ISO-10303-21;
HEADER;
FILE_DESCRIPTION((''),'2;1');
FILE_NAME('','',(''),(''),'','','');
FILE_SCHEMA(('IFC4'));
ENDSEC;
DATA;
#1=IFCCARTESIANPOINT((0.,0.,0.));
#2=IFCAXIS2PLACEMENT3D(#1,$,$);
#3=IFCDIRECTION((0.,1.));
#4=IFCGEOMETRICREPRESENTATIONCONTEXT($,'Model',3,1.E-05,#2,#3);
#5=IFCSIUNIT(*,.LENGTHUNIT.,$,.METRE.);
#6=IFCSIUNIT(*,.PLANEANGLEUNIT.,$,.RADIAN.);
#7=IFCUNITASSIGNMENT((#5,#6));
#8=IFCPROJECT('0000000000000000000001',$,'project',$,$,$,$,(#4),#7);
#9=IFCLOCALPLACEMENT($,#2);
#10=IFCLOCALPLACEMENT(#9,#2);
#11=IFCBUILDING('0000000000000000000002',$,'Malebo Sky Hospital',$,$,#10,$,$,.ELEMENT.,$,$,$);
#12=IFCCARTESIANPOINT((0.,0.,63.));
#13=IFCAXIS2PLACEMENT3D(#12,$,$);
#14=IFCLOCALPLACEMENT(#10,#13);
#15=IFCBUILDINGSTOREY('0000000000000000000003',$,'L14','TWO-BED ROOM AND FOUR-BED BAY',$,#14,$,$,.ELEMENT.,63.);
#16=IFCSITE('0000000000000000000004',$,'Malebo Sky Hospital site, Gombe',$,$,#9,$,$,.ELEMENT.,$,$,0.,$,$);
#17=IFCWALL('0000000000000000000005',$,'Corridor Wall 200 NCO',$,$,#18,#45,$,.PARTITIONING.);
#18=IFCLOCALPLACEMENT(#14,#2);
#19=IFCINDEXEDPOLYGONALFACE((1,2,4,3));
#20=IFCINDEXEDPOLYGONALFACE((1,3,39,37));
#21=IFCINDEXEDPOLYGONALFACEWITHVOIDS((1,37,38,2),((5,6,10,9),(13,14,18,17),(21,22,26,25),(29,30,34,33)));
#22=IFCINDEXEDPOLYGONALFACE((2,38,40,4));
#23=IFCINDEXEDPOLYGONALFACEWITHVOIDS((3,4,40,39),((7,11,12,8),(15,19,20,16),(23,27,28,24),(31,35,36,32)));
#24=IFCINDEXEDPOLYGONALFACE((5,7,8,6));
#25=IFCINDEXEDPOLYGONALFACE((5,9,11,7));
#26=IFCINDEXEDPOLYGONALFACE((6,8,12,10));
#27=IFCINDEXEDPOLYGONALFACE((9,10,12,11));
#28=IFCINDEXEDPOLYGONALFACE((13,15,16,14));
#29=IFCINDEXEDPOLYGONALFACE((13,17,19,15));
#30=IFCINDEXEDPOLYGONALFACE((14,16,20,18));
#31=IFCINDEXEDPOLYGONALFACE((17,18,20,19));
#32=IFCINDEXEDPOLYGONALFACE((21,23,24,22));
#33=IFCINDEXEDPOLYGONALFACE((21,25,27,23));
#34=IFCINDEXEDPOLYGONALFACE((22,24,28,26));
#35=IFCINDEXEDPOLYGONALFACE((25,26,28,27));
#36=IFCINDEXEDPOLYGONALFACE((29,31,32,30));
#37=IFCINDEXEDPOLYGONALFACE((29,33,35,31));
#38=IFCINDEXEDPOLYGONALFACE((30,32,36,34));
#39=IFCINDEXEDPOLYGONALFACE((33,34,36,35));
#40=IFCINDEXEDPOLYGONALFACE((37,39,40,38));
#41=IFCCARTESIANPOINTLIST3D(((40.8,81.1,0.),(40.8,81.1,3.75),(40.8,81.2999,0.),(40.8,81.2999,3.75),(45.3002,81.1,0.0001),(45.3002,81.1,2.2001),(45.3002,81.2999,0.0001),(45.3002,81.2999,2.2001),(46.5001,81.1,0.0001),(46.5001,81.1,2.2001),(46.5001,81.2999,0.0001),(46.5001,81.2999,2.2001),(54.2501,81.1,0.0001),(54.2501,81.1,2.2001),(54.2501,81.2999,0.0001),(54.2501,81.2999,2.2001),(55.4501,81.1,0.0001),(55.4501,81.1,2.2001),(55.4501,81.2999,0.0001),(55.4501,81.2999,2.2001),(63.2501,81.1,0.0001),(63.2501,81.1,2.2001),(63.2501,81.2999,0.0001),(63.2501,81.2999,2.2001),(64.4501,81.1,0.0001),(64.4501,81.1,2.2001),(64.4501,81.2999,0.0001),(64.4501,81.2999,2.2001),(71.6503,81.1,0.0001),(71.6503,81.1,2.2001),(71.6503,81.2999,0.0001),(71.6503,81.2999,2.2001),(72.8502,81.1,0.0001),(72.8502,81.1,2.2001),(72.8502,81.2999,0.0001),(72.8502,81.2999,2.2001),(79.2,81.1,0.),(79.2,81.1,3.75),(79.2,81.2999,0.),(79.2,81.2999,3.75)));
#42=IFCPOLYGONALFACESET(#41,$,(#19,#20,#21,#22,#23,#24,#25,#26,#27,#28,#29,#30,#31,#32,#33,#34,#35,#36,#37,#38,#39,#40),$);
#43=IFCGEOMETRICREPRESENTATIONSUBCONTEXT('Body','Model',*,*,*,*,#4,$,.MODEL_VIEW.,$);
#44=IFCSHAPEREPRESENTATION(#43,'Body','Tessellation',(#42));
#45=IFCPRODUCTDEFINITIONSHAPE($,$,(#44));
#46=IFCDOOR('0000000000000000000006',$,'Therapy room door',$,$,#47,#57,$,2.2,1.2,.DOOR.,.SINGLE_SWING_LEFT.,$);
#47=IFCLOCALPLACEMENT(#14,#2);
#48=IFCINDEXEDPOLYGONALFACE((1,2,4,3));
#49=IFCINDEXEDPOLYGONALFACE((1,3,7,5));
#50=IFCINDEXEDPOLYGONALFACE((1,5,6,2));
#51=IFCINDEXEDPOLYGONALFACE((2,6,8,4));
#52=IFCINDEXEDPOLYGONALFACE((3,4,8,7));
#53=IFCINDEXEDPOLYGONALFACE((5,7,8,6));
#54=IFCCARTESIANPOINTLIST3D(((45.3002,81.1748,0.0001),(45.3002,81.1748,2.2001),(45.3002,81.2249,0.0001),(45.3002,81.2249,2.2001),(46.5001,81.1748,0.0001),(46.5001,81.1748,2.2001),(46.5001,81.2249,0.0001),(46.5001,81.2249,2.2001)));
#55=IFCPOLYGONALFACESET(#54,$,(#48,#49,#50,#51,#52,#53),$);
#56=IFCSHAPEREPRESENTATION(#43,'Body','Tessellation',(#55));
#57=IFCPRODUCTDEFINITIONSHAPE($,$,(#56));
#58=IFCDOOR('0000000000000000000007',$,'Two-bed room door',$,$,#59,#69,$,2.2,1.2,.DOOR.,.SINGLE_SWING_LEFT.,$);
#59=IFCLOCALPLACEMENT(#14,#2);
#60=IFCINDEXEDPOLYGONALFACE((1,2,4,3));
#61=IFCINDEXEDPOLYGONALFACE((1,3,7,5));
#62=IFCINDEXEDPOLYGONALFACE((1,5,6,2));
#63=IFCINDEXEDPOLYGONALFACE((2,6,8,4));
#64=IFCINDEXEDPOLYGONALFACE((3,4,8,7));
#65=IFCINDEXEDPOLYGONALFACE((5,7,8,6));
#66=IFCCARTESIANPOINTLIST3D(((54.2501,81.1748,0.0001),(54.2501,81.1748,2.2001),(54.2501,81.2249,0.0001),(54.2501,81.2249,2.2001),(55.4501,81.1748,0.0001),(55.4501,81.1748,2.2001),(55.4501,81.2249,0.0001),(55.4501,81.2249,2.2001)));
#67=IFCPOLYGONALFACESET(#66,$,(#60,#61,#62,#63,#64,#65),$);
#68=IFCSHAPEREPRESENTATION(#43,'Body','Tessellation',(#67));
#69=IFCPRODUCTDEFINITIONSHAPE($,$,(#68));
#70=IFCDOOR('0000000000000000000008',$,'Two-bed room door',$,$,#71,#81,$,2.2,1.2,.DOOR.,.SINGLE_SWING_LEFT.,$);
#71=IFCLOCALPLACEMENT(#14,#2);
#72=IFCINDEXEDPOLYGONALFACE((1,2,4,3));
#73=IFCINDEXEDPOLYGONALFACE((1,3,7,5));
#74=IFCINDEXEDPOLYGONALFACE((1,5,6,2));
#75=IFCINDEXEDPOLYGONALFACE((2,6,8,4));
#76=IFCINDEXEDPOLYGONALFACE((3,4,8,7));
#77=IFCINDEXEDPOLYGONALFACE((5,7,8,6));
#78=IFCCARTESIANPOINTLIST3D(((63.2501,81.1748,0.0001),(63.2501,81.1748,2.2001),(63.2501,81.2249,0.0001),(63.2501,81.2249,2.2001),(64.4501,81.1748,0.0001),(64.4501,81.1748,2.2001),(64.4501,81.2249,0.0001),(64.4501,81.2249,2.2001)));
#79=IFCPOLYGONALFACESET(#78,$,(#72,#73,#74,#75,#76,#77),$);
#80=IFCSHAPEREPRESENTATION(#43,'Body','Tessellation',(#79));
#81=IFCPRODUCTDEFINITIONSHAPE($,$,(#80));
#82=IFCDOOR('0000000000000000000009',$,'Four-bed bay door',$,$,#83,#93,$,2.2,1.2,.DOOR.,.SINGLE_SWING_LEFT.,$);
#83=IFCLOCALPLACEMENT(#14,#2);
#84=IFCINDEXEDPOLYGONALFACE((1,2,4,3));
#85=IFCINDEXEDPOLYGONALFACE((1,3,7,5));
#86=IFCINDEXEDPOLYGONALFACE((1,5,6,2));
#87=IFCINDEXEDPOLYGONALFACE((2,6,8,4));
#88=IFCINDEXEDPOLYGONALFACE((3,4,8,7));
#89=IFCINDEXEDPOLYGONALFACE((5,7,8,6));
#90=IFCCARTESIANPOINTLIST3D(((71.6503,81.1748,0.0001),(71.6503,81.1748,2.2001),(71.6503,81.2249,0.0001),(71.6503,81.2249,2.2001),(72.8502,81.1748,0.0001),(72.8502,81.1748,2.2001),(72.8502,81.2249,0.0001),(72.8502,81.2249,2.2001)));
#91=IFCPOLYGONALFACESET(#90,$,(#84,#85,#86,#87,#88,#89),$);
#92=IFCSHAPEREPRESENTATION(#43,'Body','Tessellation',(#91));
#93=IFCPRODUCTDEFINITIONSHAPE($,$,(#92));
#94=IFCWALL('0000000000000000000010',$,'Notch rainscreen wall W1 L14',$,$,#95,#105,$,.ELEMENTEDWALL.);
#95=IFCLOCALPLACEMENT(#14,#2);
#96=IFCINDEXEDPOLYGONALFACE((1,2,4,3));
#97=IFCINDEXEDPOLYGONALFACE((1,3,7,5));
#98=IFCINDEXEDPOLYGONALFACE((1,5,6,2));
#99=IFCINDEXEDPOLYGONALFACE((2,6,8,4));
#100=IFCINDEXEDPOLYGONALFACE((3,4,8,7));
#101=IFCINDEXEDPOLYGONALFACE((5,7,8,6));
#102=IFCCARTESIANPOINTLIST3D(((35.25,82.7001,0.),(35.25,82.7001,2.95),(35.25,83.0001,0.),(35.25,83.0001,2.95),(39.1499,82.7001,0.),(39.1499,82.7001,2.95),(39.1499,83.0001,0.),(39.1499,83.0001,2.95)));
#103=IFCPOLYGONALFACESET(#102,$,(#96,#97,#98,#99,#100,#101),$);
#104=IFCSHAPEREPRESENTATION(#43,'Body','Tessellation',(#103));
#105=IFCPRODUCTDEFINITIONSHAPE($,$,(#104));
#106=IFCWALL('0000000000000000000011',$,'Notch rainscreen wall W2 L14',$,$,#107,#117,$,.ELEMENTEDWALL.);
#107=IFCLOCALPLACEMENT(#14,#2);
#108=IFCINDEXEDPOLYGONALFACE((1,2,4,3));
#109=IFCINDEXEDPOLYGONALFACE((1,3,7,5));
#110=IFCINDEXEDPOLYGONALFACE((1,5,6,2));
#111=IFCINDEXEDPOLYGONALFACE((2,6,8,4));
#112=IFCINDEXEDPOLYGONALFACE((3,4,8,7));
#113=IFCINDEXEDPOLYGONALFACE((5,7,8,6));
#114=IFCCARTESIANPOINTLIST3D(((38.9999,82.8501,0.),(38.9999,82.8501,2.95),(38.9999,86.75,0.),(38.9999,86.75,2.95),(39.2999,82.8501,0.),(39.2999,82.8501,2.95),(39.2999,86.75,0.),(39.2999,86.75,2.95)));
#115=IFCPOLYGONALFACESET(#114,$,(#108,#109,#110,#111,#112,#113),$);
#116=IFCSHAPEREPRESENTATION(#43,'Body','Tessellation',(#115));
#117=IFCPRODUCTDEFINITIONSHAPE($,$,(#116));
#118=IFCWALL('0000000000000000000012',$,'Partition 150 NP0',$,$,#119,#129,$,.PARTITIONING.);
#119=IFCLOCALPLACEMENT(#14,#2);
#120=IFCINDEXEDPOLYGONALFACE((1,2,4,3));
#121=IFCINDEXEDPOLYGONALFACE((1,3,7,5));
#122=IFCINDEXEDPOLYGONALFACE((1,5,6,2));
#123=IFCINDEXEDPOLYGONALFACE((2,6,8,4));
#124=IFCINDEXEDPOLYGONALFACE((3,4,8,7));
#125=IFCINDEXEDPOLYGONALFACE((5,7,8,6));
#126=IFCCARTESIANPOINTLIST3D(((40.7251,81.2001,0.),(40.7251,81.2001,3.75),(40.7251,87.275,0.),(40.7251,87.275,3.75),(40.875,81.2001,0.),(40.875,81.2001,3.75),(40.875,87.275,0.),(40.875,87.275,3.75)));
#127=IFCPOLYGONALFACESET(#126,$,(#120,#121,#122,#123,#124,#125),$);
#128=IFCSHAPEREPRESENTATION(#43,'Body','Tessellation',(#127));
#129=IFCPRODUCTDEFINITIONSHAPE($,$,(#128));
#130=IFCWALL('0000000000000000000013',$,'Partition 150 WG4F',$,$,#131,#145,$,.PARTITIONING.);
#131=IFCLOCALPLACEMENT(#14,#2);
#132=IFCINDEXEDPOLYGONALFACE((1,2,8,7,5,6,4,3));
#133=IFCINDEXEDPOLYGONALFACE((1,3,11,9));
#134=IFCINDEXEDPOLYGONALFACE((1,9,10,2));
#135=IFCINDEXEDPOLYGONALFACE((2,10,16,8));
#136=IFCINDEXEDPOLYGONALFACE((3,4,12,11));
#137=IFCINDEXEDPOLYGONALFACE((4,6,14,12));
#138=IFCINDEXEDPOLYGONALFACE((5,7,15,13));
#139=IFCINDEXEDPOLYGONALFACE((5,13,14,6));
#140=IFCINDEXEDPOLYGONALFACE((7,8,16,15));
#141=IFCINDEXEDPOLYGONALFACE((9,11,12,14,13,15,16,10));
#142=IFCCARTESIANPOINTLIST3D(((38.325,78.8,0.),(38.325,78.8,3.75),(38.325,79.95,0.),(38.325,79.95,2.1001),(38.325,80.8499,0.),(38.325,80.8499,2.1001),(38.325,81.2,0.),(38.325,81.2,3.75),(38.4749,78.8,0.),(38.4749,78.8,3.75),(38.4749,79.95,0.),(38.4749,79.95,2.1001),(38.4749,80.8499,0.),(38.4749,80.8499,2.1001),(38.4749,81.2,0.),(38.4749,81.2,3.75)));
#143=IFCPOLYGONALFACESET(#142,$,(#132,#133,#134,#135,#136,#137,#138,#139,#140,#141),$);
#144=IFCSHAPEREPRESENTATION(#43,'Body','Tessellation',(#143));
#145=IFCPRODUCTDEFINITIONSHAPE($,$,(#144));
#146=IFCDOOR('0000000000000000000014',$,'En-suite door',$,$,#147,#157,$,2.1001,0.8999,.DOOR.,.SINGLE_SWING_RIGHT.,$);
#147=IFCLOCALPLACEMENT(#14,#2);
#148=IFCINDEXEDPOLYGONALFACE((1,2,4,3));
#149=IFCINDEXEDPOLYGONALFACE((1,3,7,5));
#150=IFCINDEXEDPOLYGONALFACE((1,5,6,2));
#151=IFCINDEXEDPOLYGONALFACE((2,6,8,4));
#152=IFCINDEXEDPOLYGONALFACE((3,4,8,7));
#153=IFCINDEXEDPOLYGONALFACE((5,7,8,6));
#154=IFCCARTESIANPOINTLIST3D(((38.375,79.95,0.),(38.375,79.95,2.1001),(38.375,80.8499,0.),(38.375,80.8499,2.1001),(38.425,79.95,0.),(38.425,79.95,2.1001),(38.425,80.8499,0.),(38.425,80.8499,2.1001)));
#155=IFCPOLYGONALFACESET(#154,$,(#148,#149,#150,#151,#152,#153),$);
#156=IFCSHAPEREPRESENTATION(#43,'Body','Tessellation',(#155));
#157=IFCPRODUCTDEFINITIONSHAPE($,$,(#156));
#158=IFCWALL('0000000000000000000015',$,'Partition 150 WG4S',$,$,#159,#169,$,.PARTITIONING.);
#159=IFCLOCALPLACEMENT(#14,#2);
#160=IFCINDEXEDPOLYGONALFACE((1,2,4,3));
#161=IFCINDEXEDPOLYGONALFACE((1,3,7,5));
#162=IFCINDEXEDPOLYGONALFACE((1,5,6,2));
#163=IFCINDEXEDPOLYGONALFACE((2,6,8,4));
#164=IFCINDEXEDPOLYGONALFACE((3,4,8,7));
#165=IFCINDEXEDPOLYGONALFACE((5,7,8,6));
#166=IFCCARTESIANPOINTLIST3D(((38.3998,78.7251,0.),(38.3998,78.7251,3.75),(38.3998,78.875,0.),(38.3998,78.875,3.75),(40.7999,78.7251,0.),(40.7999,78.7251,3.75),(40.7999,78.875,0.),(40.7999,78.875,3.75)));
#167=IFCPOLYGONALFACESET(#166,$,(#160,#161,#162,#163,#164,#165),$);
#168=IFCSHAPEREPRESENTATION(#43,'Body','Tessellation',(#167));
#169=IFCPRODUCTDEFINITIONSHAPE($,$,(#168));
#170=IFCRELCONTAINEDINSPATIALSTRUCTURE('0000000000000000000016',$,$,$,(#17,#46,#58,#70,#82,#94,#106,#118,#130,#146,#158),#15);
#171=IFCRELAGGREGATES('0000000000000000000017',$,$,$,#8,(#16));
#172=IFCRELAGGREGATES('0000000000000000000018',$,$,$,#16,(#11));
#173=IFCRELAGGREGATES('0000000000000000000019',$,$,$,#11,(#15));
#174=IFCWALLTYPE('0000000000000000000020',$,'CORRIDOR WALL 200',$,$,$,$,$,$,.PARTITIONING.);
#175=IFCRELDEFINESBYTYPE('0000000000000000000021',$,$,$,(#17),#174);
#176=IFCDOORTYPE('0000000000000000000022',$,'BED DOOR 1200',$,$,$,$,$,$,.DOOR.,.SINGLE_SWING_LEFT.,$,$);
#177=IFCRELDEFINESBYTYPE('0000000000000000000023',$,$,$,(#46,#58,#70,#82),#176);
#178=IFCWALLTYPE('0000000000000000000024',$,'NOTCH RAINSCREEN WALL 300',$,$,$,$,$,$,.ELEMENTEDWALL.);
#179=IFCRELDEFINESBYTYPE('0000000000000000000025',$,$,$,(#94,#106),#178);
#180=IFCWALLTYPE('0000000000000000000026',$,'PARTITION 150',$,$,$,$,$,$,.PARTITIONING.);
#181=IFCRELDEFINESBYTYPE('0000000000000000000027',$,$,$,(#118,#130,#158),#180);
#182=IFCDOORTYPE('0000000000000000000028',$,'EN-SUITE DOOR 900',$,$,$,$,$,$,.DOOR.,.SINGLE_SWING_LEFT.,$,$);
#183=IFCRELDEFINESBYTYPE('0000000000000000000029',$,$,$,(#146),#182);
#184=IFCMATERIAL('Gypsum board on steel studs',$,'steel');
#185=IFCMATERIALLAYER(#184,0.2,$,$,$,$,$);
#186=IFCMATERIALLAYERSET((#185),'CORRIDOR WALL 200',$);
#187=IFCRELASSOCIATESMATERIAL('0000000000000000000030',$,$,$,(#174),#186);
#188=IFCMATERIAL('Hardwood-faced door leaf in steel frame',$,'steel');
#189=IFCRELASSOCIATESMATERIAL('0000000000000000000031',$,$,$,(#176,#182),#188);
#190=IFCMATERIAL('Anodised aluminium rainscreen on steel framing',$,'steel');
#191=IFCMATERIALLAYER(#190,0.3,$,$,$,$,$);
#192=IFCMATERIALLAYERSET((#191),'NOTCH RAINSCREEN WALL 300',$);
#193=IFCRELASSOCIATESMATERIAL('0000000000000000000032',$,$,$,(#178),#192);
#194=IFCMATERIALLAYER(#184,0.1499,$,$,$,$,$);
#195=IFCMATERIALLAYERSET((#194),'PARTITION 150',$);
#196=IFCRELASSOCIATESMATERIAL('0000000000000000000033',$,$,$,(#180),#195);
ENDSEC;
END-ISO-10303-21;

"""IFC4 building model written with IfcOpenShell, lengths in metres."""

from ifc_helpers import new_model, si_unit, direction, frame, frame_2d, origin, place, context, subcontext, project, spatial, rectangle, extrude, material, layer, layer_set, type_object, element, fill, save


model = new_model("IFC4")

# Units and contexts
model_context = context("Model", 3, precision=1e-05, world=origin(), true_north=direction((0.0, 1.0)))
body_context = subcontext(model_context, "Body", "Model", "MODEL_VIEW")
ifc_project = project(units=[si_unit("LENGTHUNIT", "METRE"), si_unit("PLANEANGLEUNIT", "RADIAN")], contexts=[model_context])

# Site, building, storey
site_placement = place(None, origin())
site = spatial("IfcSite", under=ifc_project, at=site_placement, Name="Malebo Sky Hospital site, Gombe", CompositionType="ELEMENT", RefElevation=0.0)
building_placement = place(site_placement, origin())
building = spatial("IfcBuilding", under=site, at=building_placement, Name="Malebo Sky Hospital", CompositionType="ELEMENT")
storey_placement = place(building_placement, frame((0.0, 0.0, 63.0)))
storey = spatial("IfcBuildingStorey", under=building, at=storey_placement, Name="L14", Description="TWO-BED ROOM AND FOUR-BED BAY", CompositionType="ELEMENT", Elevation=63.0)

# Wall, openings, doors
ifc_material_1 = material(Name="Gypsum board on steel studs", Category="steel")
ifc_layer_1 = layer(ifc_material_1, 0.2)
ifc_layer_set_1 = layer_set([ifc_layer_1], Name="CORRIDOR WALL 200")
wall_type_1 = type_object("IfcWallType", Name="CORRIDOR WALL 200", PredefinedType="PARTITIONING", material=ifc_layer_set_1)
wall_1_placement = place(storey_placement, frame((40.8, 81.2, 0.0), z_axis=(0.0, 0.0, 1.0), x_axis=(1.0, 0.0, 0.0)))
wall_1 = element("IfcWall", 1, at=wall_1_placement, inside=storey, type_object=wall_type_1, Name="Corridor Wall 200 NCO", PredefinedType="PARTITIONING", context=body_context, shape_type="SweptSolid", body=[
    extrude(rectangle(XDim=38.3999, YDim=0.2, at=frame_2d((19.2, 0.0))), origin(), (0.0, 0.0, 1.0), 3.75),
])
opening_1_placement = place(wall_1_placement, frame((4.5, 0.0, 0.0)))
opening_1 = element("IfcOpeningElement", 2, at=opening_1_placement, cuts=wall_1, PredefinedType="OPENING", context=body_context, shape_type="SweptSolid", body=[
    extrude(rectangle(XDim=1.2, YDim=2.2, at=frame_2d((0.6001, 1.1001))), frame((0.0, 0.1099, 0.0), z_axis=(0.0, -1.0, 0.0), x_axis=(1.0, 0.0, 0.0)), (0.0, 0.0, 1.0), 0.22),
])
opening_2_placement = place(wall_1_placement, frame((13.45, 0.0, 0.0)))
opening_2 = element("IfcOpeningElement", 3, at=opening_2_placement, cuts=wall_1, PredefinedType="OPENING", context=body_context, shape_type="SweptSolid", body=[
    extrude(rectangle(XDim=1.2, YDim=2.2, at=frame_2d((0.6001, 1.1001))), frame((0.0, 0.1099, 0.0), z_axis=(0.0, -1.0, 0.0), x_axis=(1.0, 0.0, 0.0)), (0.0, 0.0, 1.0), 0.22),
])
opening_3_placement = place(wall_1_placement, frame((22.45, 0.0, 0.0)))
opening_3 = element("IfcOpeningElement", 4, at=opening_3_placement, cuts=wall_1, PredefinedType="OPENING", context=body_context, shape_type="SweptSolid", body=[
    extrude(rectangle(XDim=1.2, YDim=2.2, at=frame_2d((0.6001, 1.1001))), frame((0.0, 0.1099, 0.0), z_axis=(0.0, -1.0, 0.0), x_axis=(1.0, 0.0, 0.0)), (0.0, 0.0, 1.0), 0.22),
])
opening_4_placement = place(wall_1_placement, frame((30.8501, 0.0, 0.0)))
opening_4 = element("IfcOpeningElement", 5, at=opening_4_placement, cuts=wall_1, PredefinedType="OPENING", context=body_context, shape_type="SweptSolid", body=[
    extrude(rectangle(XDim=1.2, YDim=2.2, at=frame_2d((0.6001, 1.1001))), frame((0.0, 0.1099, 0.0), z_axis=(0.0, -1.0, 0.0), x_axis=(1.0, 0.0, 0.0)), (0.0, 0.0, 1.0), 0.22),
])
ifc_material_2 = material(Name="Hardwood-faced door leaf in steel frame", Category="steel")
door_type_1 = type_object("IfcDoorType", Name="BED DOOR 1200", OperationType="SINGLE_SWING_LEFT", PredefinedType="DOOR", material=ifc_material_2)
door_1_placement = place(opening_1_placement, origin())
door_1 = element("IfcDoor", 6, at=door_1_placement, inside=storey, type_object=door_type_1, Name="Therapy room door", OperationType="SINGLE_SWING_LEFT", OverallHeight=2.2, OverallWidth=1.2, PredefinedType="DOOR", context=body_context, shape_type="SweptSolid", body=[
    extrude(rectangle(XDim=1.2, YDim=2.2, at=frame_2d((0.6001, 1.1001))), frame((0.0, 0.0249, 0.0), z_axis=(0.0, -1.0, 0.0), x_axis=(1.0, 0.0, 0.0)), (0.0, 0.0, 1.0), 0.05),
])
fill(opening_1, door_1)
door_2_placement = place(opening_2_placement, origin())
door_2 = element("IfcDoor", 7, at=door_2_placement, inside=storey, type_object=door_type_1, Name="Two-bed room door", OperationType="SINGLE_SWING_LEFT", OverallHeight=2.2, OverallWidth=1.2, PredefinedType="DOOR", context=body_context, shape_type="SweptSolid", body=[
    extrude(rectangle(XDim=1.2, YDim=2.2, at=frame_2d((0.6001, 1.1001))), frame((0.0, 0.0249, 0.0), z_axis=(0.0, -1.0, 0.0), x_axis=(1.0, 0.0, 0.0)), (0.0, 0.0, 1.0), 0.05),
])
fill(opening_2, door_2)
door_3_placement = place(opening_3_placement, origin())
door_3 = element("IfcDoor", 8, at=door_3_placement, inside=storey, type_object=door_type_1, Name="Two-bed room door", OperationType="SINGLE_SWING_LEFT", OverallHeight=2.2, OverallWidth=1.2, PredefinedType="DOOR", context=body_context, shape_type="SweptSolid", body=[
    extrude(rectangle(XDim=1.2, YDim=2.2, at=frame_2d((0.6001, 1.1001))), frame((0.0, 0.0249, 0.0), z_axis=(0.0, -1.0, 0.0), x_axis=(1.0, 0.0, 0.0)), (0.0, 0.0, 1.0), 0.05),
])
fill(opening_3, door_3)
door_4_placement = place(opening_4_placement, origin())
door_4 = element("IfcDoor", 9, at=door_4_placement, inside=storey, type_object=door_type_1, Name="Four-bed bay door", OperationType="SINGLE_SWING_LEFT", OverallHeight=2.2, OverallWidth=1.2, PredefinedType="DOOR", context=body_context, shape_type="SweptSolid", body=[
    extrude(rectangle(XDim=1.2, YDim=2.2, at=frame_2d((0.6001, 1.1001))), frame((0.0, 0.0249, 0.0), z_axis=(0.0, -1.0, 0.0), x_axis=(1.0, 0.0, 0.0)), (0.0, 0.0, 1.0), 0.05),
])
fill(opening_4, door_4)

# Walls
ifc_material_3 = material(Name="Anodised aluminium rainscreen on steel framing", Category="steel")
ifc_layer_2 = layer(ifc_material_3, 0.3)
ifc_layer_set_2 = layer_set([ifc_layer_2], Name="NOTCH RAINSCREEN WALL 300")
wall_type_2 = type_object("IfcWallType", Name="NOTCH RAINSCREEN WALL 300", PredefinedType="ELEMENTEDWALL", material=ifc_layer_set_2)
for number, where, z_axis, x_axis, name in (
    (10, (35.25, 82.8501, 0.0), (0.0, 0.0, 1.0), (1.0, 0.0, 0.0), "Notch rainscreen wall W1 L14"),
    (11, (39.1499, 82.8501, 0.0), (0.0, 0.0, 1.0), (0.0, 1.0, 0.0), "Notch rainscreen wall W2 L14"),
):
    element("IfcWall", number, at=place(storey_placement, frame(where, z_axis=z_axis, x_axis=x_axis)), inside=storey, type_object=wall_type_2, Name=name, PredefinedType="ELEMENTEDWALL", context=body_context, shape_type="SweptSolid", body=[
        extrude(rectangle(XDim=3.8999, YDim=0.3, at=frame_2d((1.95, 0.0))), origin(), (0.0, 0.0, 1.0), 2.95),
    ])
ifc_layer_3 = layer(ifc_material_1, 0.1499)
ifc_layer_set_3 = layer_set([ifc_layer_3], Name="PARTITION 150")
wall_type_3 = type_object("IfcWallType", Name="PARTITION 150", PredefinedType="PARTITIONING", material=ifc_layer_set_3)
wall_2_placement = place(storey_placement, frame((40.8, 81.2, 0.0), z_axis=(0.0, 0.0, 1.0), x_axis=(0.0, 1.0, 0.0)))
element("IfcWall", 12, at=wall_2_placement, inside=storey, type_object=wall_type_3, Name="Partition 150 NP0", PredefinedType="PARTITIONING", context=body_context, shape_type="SweptSolid", body=[
    extrude(rectangle(XDim=6.075, YDim=0.1499, at=frame_2d((3.0376, 0.0))), origin(), (0.0, 0.0, 1.0), 3.75),
])

# Wall, opening, door
wall_3_placement = place(storey_placement, frame((38.3999, 78.8, 0.0), z_axis=(0.0, 0.0, 1.0), x_axis=(0.0, 1.0, 0.0)))
wall_3 = element("IfcWall", 13, at=wall_3_placement, inside=storey, type_object=wall_type_3, Name="Partition 150 WG4F", PredefinedType="PARTITIONING", context=body_context, shape_type="SweptSolid", body=[
    extrude(rectangle(XDim=2.3999, YDim=0.1499, at=frame_2d((1.2, 0.0))), origin(), (0.0, 0.0, 1.0), 3.75),
])
opening_5_placement = place(wall_3_placement, frame((1.1499, 0.0, 0.0)))
opening_5 = element("IfcOpeningElement", 14, at=opening_5_placement, cuts=wall_3, PredefinedType="OPENING", context=body_context, shape_type="SweptSolid", body=[
    extrude(rectangle(XDim=0.8999, YDim=2.1001, at=frame_2d((0.45, 1.05))), frame((0.0, 0.085, 0.0), z_axis=(0.0, -1.0, 0.0), x_axis=(1.0, 0.0, 0.0)), (0.0, 0.0, 1.0), 0.1699),
])
door_type_2 = type_object("IfcDoorType", Name="EN-SUITE DOOR 900", OperationType="SINGLE_SWING_LEFT", PredefinedType="DOOR", material=ifc_material_2)
door_5_placement = place(opening_5_placement, origin())
door_5 = element("IfcDoor", 15, at=door_5_placement, inside=storey, type_object=door_type_2, Name="En-suite door", OperationType="SINGLE_SWING_RIGHT", OverallHeight=2.1001, OverallWidth=0.8999, PredefinedType="DOOR", context=body_context, shape_type="SweptSolid", body=[
    extrude(rectangle(XDim=0.8999, YDim=2.1001, at=frame_2d((0.45, 1.05))), frame((0.0, 0.0249, 0.0), z_axis=(0.0, -1.0, 0.0), x_axis=(1.0, 0.0, 0.0)), (0.0, 0.0, 1.0), 0.05),
])
fill(opening_5, door_5)

# Wall
for number, where, z_axis, x_axis, name in (
    (16, (40.8, 78.8, 0.0), (0.0, 0.0, 1.0), (-1.0, 0.0, 0.0), "Partition 150 WG4S"),
):
    element("IfcWall", number, at=place(storey_placement, frame(where, z_axis=z_axis, x_axis=x_axis)), inside=storey, type_object=wall_type_3, Name=name, PredefinedType="PARTITIONING", context=body_context, shape_type="SweptSolid", body=[
        extrude(rectangle(XDim=2.4001, YDim=0.1499, at=frame_2d((1.2002, 0.0))), origin(), (0.0, 0.0, 1.0), 3.75),
    ])

save(model, "model.ifc")
